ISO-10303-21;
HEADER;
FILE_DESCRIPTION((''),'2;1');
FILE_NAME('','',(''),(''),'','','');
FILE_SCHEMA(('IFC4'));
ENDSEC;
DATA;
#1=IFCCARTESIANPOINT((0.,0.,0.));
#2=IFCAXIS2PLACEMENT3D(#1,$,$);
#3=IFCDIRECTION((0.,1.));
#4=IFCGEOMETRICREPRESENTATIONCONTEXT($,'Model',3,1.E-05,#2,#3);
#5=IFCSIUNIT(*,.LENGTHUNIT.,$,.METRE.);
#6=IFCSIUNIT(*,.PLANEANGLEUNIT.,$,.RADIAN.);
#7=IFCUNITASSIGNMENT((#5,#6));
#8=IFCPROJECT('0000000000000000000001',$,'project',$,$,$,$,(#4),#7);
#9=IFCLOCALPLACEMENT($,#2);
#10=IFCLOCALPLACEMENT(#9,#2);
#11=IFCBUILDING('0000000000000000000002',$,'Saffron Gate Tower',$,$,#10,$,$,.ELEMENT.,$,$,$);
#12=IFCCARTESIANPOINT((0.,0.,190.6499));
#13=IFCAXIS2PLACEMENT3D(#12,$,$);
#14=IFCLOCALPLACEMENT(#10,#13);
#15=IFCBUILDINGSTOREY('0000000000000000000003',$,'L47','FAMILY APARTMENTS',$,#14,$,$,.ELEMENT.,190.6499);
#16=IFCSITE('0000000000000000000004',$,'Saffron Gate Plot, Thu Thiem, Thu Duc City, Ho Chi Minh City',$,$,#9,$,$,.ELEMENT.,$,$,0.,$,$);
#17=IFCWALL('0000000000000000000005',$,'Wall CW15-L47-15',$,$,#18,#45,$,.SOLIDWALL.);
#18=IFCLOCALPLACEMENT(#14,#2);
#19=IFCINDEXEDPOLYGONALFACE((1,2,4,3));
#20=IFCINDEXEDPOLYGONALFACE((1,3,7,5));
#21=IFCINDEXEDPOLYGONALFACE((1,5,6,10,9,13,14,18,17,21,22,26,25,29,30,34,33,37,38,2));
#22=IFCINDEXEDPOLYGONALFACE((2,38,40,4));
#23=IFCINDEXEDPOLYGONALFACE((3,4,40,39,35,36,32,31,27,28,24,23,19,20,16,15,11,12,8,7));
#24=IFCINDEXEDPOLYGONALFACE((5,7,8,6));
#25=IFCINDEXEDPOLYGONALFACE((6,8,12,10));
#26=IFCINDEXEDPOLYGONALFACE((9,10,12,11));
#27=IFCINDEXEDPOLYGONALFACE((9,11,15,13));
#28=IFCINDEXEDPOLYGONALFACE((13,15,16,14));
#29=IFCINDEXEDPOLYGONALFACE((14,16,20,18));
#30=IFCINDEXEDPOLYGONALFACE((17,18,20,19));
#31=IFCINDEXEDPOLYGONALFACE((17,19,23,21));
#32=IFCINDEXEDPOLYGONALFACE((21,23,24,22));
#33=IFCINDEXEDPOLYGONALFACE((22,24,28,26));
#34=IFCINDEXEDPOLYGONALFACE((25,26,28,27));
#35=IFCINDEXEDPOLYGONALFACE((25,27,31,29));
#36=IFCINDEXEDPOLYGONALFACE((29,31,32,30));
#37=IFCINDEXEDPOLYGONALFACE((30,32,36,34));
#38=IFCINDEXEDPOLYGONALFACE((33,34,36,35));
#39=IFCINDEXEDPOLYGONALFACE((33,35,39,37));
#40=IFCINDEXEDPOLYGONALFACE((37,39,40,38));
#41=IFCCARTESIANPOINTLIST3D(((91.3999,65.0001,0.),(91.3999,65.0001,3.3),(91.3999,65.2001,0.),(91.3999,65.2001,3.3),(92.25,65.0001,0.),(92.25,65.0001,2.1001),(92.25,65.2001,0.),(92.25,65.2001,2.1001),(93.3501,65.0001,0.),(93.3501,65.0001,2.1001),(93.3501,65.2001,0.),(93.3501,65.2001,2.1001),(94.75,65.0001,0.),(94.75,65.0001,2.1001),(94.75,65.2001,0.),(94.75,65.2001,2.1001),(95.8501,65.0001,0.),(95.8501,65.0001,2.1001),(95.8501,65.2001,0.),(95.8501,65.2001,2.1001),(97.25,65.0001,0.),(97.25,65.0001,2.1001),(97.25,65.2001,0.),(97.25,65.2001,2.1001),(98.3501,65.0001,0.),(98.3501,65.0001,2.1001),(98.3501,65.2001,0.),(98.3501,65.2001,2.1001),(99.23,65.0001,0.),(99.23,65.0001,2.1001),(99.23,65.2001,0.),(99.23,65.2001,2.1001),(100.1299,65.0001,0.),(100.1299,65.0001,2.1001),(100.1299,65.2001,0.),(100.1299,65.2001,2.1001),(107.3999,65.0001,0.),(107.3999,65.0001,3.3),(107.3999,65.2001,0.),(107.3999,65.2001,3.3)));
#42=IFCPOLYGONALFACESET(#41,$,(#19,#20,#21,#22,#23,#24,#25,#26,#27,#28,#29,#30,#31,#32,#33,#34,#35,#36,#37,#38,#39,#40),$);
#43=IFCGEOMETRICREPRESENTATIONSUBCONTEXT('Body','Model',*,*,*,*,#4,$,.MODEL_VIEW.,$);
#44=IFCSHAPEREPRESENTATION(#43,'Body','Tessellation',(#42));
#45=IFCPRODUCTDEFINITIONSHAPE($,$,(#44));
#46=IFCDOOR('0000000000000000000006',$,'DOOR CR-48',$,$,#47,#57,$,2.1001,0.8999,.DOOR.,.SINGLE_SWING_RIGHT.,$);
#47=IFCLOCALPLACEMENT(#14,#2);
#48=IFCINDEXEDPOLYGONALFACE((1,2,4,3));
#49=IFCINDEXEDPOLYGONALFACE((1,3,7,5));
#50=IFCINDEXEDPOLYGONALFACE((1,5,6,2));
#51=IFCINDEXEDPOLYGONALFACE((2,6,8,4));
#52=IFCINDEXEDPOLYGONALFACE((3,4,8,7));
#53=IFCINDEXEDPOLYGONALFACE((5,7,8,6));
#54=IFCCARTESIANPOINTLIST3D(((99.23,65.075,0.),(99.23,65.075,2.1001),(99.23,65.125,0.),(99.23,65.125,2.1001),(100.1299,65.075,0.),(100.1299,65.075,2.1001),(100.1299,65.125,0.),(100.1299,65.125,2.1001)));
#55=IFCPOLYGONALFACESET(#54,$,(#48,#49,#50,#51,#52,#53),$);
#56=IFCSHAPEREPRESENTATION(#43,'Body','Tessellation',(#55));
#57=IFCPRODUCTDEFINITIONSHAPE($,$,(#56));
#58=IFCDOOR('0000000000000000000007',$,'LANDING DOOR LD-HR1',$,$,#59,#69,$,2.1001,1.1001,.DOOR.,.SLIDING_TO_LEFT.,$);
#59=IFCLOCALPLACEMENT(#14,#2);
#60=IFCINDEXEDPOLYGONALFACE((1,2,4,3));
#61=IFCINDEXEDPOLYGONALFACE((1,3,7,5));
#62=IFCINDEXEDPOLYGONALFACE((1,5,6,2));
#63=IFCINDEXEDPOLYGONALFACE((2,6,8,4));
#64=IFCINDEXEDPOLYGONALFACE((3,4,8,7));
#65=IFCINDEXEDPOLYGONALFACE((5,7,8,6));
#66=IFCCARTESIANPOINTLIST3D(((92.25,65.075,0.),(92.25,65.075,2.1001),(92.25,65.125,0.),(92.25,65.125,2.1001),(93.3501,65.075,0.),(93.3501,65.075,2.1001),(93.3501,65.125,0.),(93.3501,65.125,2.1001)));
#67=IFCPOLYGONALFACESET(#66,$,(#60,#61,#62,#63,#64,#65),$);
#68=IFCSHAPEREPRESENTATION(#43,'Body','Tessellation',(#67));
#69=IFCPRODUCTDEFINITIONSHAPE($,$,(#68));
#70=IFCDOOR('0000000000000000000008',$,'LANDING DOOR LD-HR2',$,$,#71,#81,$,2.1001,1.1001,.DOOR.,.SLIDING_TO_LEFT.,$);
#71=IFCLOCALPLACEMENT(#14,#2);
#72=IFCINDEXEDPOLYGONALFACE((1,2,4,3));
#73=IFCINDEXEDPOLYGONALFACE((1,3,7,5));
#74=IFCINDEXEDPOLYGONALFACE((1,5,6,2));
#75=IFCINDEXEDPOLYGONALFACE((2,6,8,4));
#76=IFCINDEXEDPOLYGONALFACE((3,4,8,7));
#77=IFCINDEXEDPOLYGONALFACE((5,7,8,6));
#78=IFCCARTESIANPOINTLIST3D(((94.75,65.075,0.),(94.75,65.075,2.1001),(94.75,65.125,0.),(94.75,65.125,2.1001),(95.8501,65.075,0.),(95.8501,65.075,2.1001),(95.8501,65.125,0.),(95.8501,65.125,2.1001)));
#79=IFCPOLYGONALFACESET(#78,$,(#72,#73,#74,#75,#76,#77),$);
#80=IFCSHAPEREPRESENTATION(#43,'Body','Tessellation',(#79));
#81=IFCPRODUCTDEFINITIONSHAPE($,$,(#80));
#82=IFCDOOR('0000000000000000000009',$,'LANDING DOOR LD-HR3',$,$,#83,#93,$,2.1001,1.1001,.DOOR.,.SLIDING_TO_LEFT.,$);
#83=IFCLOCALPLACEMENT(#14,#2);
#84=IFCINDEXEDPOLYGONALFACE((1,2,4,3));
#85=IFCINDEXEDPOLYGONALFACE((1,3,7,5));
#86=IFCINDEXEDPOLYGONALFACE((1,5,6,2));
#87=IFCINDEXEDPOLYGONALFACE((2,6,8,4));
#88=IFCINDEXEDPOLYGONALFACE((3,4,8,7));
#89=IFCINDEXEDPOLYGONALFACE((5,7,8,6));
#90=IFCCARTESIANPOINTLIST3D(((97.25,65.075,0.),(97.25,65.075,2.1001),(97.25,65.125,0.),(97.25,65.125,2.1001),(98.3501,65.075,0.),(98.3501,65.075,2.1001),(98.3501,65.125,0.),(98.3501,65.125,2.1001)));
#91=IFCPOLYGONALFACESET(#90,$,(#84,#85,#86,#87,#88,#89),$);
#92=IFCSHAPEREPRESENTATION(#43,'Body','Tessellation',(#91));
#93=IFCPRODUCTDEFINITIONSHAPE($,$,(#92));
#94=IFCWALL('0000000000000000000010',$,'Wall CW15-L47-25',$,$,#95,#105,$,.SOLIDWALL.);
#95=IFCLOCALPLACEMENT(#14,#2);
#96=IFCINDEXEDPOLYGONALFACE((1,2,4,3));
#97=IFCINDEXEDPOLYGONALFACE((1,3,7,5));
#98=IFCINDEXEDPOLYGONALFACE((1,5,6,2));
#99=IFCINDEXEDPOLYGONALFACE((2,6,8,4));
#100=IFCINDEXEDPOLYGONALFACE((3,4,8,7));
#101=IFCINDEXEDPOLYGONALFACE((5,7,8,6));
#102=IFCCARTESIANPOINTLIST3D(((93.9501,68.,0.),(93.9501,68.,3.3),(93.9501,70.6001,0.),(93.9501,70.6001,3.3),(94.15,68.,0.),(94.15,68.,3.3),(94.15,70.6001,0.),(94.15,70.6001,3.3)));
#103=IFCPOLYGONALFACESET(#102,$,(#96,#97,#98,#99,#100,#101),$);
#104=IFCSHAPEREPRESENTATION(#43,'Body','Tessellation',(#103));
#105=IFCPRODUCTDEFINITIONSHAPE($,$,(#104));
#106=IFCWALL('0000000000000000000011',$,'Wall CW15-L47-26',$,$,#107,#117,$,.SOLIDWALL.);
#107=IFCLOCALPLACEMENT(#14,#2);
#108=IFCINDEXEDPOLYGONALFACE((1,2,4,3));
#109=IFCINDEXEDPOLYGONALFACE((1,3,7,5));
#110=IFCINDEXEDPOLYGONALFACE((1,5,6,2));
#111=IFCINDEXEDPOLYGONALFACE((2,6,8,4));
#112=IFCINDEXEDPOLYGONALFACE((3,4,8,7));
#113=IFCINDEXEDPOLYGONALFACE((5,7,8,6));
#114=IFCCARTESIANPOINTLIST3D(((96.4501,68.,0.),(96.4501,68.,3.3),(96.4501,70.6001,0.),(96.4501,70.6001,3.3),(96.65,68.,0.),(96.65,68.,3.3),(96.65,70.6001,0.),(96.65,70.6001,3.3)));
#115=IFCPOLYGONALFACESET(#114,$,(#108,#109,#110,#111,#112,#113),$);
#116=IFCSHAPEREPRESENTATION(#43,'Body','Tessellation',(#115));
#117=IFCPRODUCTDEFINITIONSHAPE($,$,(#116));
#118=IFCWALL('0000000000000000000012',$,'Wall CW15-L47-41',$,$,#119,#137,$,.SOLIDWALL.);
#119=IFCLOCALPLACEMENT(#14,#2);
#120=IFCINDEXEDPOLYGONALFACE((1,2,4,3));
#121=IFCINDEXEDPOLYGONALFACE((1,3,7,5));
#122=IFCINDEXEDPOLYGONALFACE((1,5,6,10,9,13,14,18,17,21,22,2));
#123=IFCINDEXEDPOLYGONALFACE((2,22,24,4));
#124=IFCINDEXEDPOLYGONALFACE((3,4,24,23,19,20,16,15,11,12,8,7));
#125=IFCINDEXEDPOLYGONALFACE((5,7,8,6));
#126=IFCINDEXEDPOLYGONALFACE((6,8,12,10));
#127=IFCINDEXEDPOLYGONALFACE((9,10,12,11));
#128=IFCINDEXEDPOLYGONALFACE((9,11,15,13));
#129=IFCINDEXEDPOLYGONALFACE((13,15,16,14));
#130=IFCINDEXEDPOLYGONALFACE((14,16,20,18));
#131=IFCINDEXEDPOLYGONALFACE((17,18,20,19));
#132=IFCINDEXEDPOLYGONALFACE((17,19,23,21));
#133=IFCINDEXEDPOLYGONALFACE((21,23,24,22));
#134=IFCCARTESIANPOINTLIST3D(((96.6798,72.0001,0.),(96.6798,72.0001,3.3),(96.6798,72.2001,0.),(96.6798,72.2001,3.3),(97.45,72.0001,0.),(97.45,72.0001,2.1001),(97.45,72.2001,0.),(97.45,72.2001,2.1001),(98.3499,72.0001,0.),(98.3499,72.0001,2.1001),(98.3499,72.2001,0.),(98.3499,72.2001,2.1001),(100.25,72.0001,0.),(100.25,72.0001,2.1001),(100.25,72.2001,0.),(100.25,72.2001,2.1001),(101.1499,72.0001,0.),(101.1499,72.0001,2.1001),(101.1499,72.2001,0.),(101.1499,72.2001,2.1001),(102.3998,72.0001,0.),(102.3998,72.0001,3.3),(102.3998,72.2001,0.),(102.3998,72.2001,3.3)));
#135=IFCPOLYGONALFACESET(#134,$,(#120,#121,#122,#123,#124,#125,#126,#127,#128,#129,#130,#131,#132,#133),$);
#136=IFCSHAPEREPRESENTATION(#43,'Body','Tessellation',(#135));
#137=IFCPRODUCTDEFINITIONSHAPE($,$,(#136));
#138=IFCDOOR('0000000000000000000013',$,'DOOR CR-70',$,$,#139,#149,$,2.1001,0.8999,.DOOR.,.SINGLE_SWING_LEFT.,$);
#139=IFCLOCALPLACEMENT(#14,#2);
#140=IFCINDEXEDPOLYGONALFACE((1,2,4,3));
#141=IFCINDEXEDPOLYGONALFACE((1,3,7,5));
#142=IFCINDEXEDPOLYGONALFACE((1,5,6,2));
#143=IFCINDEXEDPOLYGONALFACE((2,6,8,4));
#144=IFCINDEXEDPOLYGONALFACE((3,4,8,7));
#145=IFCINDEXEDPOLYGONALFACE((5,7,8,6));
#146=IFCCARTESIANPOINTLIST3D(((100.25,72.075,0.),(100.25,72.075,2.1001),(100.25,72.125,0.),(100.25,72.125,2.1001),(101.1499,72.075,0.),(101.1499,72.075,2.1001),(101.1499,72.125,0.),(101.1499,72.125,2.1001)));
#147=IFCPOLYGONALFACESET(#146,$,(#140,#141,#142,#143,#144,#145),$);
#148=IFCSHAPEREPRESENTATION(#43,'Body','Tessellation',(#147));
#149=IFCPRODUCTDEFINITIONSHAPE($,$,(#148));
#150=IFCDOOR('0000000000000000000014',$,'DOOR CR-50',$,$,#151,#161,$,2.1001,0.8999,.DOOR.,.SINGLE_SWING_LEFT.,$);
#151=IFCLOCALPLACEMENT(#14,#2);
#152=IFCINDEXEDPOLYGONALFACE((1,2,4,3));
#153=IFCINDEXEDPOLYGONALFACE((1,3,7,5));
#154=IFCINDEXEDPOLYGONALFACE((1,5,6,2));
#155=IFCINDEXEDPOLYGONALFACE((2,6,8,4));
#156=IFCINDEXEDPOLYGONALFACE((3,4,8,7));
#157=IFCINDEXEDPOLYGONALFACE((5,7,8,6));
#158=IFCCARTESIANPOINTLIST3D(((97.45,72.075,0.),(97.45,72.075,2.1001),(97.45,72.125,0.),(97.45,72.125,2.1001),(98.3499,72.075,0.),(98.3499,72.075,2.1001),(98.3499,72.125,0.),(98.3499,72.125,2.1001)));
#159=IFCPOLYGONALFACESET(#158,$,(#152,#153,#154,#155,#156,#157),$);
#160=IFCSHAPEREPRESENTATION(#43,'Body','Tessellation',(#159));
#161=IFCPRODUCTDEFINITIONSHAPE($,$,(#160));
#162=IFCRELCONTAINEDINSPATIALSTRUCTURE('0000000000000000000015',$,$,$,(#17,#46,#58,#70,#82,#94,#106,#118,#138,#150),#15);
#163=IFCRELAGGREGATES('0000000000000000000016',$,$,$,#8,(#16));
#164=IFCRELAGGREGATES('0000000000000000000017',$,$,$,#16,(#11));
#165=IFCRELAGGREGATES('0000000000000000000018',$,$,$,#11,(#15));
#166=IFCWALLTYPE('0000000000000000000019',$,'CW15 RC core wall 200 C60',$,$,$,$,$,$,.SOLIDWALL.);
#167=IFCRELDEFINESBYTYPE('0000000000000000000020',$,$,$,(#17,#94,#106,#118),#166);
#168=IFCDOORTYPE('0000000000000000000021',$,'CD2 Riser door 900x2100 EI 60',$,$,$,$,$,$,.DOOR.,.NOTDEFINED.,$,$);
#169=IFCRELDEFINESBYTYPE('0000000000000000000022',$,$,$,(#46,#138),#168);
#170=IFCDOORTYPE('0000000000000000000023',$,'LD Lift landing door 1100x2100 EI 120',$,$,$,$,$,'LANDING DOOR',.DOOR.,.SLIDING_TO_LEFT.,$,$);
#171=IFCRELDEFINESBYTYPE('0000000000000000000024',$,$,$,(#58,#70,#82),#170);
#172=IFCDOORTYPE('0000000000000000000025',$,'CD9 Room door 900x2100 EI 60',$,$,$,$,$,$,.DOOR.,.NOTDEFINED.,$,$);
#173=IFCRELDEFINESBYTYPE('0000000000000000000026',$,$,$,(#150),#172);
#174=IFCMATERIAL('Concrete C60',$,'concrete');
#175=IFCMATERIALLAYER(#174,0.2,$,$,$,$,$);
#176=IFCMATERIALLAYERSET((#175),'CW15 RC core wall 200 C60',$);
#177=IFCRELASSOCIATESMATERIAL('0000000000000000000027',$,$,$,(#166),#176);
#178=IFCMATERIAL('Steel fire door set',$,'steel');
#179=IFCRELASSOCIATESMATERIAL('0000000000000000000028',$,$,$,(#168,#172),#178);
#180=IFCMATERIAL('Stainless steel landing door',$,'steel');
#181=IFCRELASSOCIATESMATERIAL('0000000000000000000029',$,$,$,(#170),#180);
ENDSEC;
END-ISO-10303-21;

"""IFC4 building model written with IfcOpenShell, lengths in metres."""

from ifc_helpers import new_model, si_unit, direction, frame, frame_2d, origin, place, context, subcontext, project, spatial, rectangle, extrude, material, layer, layer_set, type_object, element, fill, save


model = new_model("IFC4")

# Units and contexts
model_context = context("Model", 3, precision=1e-05, world=origin(), true_north=direction((0.0, 1.0)))
body_context = subcontext(model_context, "Body", "Model", "MODEL_VIEW")
ifc_project = project(units=[si_unit("LENGTHUNIT", "METRE"), si_unit("PLANEANGLEUNIT", "RADIAN")], contexts=[model_context])

# Site, building, storey
site_placement = place(None, origin())
site = spatial("IfcSite", under=ifc_project, at=site_placement, Name="Saffron Gate Plot, Thu Thiem, Thu Duc City, Ho Chi Minh City", CompositionType="ELEMENT", RefElevation=0.0)
building_placement = place(site_placement, origin())
building = spatial("IfcBuilding", under=site, at=building_placement, Name="Saffron Gate Tower", CompositionType="ELEMENT")
storey_placement = place(building_placement, frame((0.0, 0.0, 190.6499)))
storey = spatial("IfcBuildingStorey", under=building, at=storey_placement, Name="L47", Description="FAMILY APARTMENTS", CompositionType="ELEMENT", Elevation=190.6499)

# Shared definitions
ifc_material_1 = material(Name="Concrete C60", Category="concrete")

# Shared definitions
ifc_material_2 = material(Name="Steel fire door set", Category="steel")

# Shared definitions
ifc_layer_1 = layer(ifc_material_1, 0.2)
ifc_layer_set_1 = layer_set([ifc_layer_1], Name="CW15 RC core wall 200 C60")
wall_type_1 = type_object("IfcWallType", Name="CW15 RC core wall 200 C60", PredefinedType="SOLIDWALL", material=ifc_layer_set_1)

# Wall, openings, doors
wall_1_placement = place(storey_placement, frame((91.3999, 65.1001, 0.0), z_axis=(0.0, 0.0, 1.0), x_axis=(1.0, 0.0, 0.0)))
wall_1 = element("IfcWall", 1, at=wall_1_placement, inside=storey, type_object=wall_type_1, Name="Wall CW15-L47-15", PredefinedType="SOLIDWALL", context=body_context, shape_type="SweptSolid", body=[
    extrude(rectangle(XDim=16.0, YDim=0.2, at=frame_2d((8.0, 0.0))), origin(), (0.0, 0.0, 1.0), 3.3),
])
opening_1_placement = place(wall_1_placement, frame((0.8501, 0.0, 0.0)))
opening_1 = element("IfcOpeningElement", 2, at=opening_1_placement, cuts=wall_1, PredefinedType="OPENING", context=body_context, shape_type="SweptSolid", body=[
    extrude(rectangle(XDim=1.1001, YDim=2.1001, at=frame_2d((0.55, 1.05))), frame((0.0, 0.1099, 0.0), z_axis=(0.0, -1.0, 0.0), x_axis=(1.0, 0.0, 0.0)), (0.0, 0.0, 1.0), 0.22),
])
opening_2_placement = place(wall_1_placement, frame((3.3501, 0.0, 0.0)))
opening_2 = element("IfcOpeningElement", 3, at=opening_2_placement, cuts=wall_1, PredefinedType="OPENING", context=body_context, shape_type="SweptSolid", body=[
    extrude(rectangle(XDim=1.1001, YDim=2.1001, at=frame_2d((0.55, 1.05))), frame((0.0, 0.1099, 0.0), z_axis=(0.0, -1.0, 0.0), x_axis=(1.0, 0.0, 0.0)), (0.0, 0.0, 1.0), 0.22),
])
opening_3_placement = place(wall_1_placement, frame((5.8501, 0.0, 0.0)))
opening_3 = element("IfcOpeningElement", 4, at=opening_3_placement, cuts=wall_1, PredefinedType="OPENING", context=body_context, shape_type="SweptSolid", body=[
    extrude(rectangle(XDim=1.1001, YDim=2.1001, at=frame_2d((0.55, 1.05))), frame((0.0, 0.1099, 0.0), z_axis=(0.0, -1.0, 0.0), x_axis=(1.0, 0.0, 0.0)), (0.0, 0.0, 1.0), 0.22),
])
opening_4_placement = place(wall_1_placement, frame((7.8301, 0.0, 0.0)))
opening_4 = element("IfcOpeningElement", 5, at=opening_4_placement, cuts=wall_1, PredefinedType="OPENING", context=body_context, shape_type="SweptSolid", body=[
    extrude(rectangle(XDim=0.8999, YDim=2.1001, at=frame_2d((0.45, 1.05))), frame((0.0, 0.1099, 0.0), z_axis=(0.0, -1.0, 0.0), x_axis=(1.0, 0.0, 0.0)), (0.0, 0.0, 1.0), 0.22),
])
door_type_1 = type_object("IfcDoorType", Name="CD2 Riser door 900x2100 EI 60", OperationType="NOTDEFINED", PredefinedType="DOOR", material=ifc_material_2)
door_1_placement = place(opening_4_placement, origin())
door_1 = element("IfcDoor", 6, at=door_1_placement, inside=storey, type_object=door_type_1, Name="DOOR CR-48", OperationType="SINGLE_SWING_RIGHT", OverallHeight=2.1001, OverallWidth=0.8999, PredefinedType="DOOR", context=body_context, shape_type="SweptSolid", body=[
    extrude(rectangle(XDim=0.8999, YDim=2.1001, at=frame_2d((0.45, 1.05))), frame((0.0, 0.0249, 0.0), z_axis=(0.0, -1.0, 0.0), x_axis=(1.0, 0.0, 0.0)), (0.0, 0.0, 1.0), 0.05),
])
fill(opening_4, door_1)
ifc_material_3 = material(Name="Stainless steel landing door", Category="steel")
door_type_2 = type_object("IfcDoorType", Name="LD Lift landing door 1100x2100 EI 120", ElementType="LANDING DOOR", OperationType="SLIDING_TO_LEFT", PredefinedType="DOOR", material=ifc_material_3)
door_2_placement = place(opening_1_placement, origin())
door_2 = element("IfcDoor", 7, at=door_2_placement, inside=storey, type_object=door_type_2, Name="LANDING DOOR LD-HR1", OperationType="SLIDING_TO_LEFT", OverallHeight=2.1001, OverallWidth=1.1001, PredefinedType="DOOR", context=body_context, shape_type="SweptSolid", body=[
    extrude(rectangle(XDim=1.1001, YDim=2.1001, at=frame_2d((0.55, 1.05))), frame((0.0, 0.0249, 0.0), z_axis=(0.0, -1.0, 0.0), x_axis=(1.0, 0.0, 0.0)), (0.0, 0.0, 1.0), 0.05),
])
fill(opening_1, door_2)
door_3_placement = place(opening_2_placement, origin())
door_3 = element("IfcDoor", 8, at=door_3_placement, inside=storey, type_object=door_type_2, Name="LANDING DOOR LD-HR2", OperationType="SLIDING_TO_LEFT", OverallHeight=2.1001, OverallWidth=1.1001, PredefinedType="DOOR", context=body_context, shape_type="SweptSolid", body=[
    extrude(rectangle(XDim=1.1001, YDim=2.1001, at=frame_2d((0.55, 1.05))), frame((0.0, 0.0249, 0.0), z_axis=(0.0, -1.0, 0.0), x_axis=(1.0, 0.0, 0.0)), (0.0, 0.0, 1.0), 0.05),
])
fill(opening_2, door_3)
door_4_placement = place(opening_3_placement, origin())
door_4 = element("IfcDoor", 9, at=door_4_placement, inside=storey, type_object=door_type_2, Name="LANDING DOOR LD-HR3", OperationType="SLIDING_TO_LEFT", OverallHeight=2.1001, OverallWidth=1.1001, PredefinedType="DOOR", context=body_context, shape_type="SweptSolid", body=[
    extrude(rectangle(XDim=1.1001, YDim=2.1001, at=frame_2d((0.55, 1.05))), frame((0.0, 0.0249, 0.0), z_axis=(0.0, -1.0, 0.0), x_axis=(1.0, 0.0, 0.0)), (0.0, 0.0, 1.0), 0.05),
])
fill(opening_3, door_4)

# Walls
for number, where, z_axis, x_axis, name in (
    (10, (94.05, 68.0, 0.0), (0.0, 0.0, 1.0), (0.0, 1.0, 0.0), "Wall CW15-L47-25"),
    (11, (96.55, 68.0, 0.0), (0.0, 0.0, 1.0), (0.0, 1.0, 0.0), "Wall CW15-L47-26"),
):
    element("IfcWall", number, at=place(storey_placement, frame(where, z_axis=z_axis, x_axis=x_axis)), inside=storey, type_object=wall_type_1, Name=name, PredefinedType="SOLIDWALL", context=body_context, shape_type="SweptSolid", body=[
        extrude(rectangle(XDim=2.6001, YDim=0.2, at=frame_2d((1.3, 0.0))), origin(), (0.0, 0.0, 1.0), 3.3),
    ])

# Wall, openings, doors
wall_2_placement = place(storey_placement, frame((96.6799, 72.1001, 0.0), z_axis=(0.0, 0.0, 1.0), x_axis=(1.0, 0.0, 0.0)))
wall_2 = element("IfcWall", 12, at=wall_2_placement, inside=storey, type_object=wall_type_1, Name="Wall CW15-L47-41", PredefinedType="SOLIDWALL", context=body_context, shape_type="SweptSolid", body=[
    extrude(rectangle(XDim=5.72, YDim=0.2, at=frame_2d((2.8599, 0.0))), origin(), (0.0, 0.0, 1.0), 3.3),
])
opening_5_placement = place(wall_2_placement, frame((0.77, 0.0, 0.0)))
opening_5 = element("IfcOpeningElement", 13, at=opening_5_placement, cuts=wall_2, PredefinedType="OPENING", context=body_context, shape_type="SweptSolid", body=[
    extrude(rectangle(XDim=0.8999, YDim=2.1001, at=frame_2d((0.45, 1.05))), frame((0.0, 0.1099, 0.0), z_axis=(0.0, -1.0, 0.0), x_axis=(1.0, 0.0, 0.0)), (0.0, 0.0, 1.0), 0.22),
])
opening_6_placement = place(wall_2_placement, frame((3.5701, 0.0, 0.0)))
opening_6 = element("IfcOpeningElement", 14, at=opening_6_placement, cuts=wall_2, PredefinedType="OPENING", context=body_context, shape_type="SweptSolid", body=[
    extrude(rectangle(XDim=0.8999, YDim=2.1001, at=frame_2d((0.45, 1.05))), frame((0.0, 0.1099, 0.0), z_axis=(0.0, -1.0, 0.0), x_axis=(1.0, 0.0, 0.0)), (0.0, 0.0, 1.0), 0.22),
])
door_5_placement = place(opening_6_placement, origin())
door_5 = element("IfcDoor", 15, at=door_5_placement, inside=storey, type_object=door_type_1, Name="DOOR CR-70", OperationType="SINGLE_SWING_LEFT", OverallHeight=2.1001, OverallWidth=0.8999, PredefinedType="DOOR", context=body_context, shape_type="SweptSolid", body=[
    extrude(rectangle(XDim=0.8999, YDim=2.1001, at=frame_2d((0.45, 1.05))), frame((0.0, 0.0249, 0.0), z_axis=(0.0, -1.0, 0.0), x_axis=(1.0, 0.0, 0.0)), (0.0, 0.0, 1.0), 0.05),
])
fill(opening_6, door_5)
door_type_3 = type_object("IfcDoorType", Name="CD9 Room door 900x2100 EI 60", OperationType="NOTDEFINED", PredefinedType="DOOR", material=ifc_material_2)
door_6_placement = place(opening_5_placement, origin())
door_6 = element("IfcDoor", 16, at=door_6_placement, inside=storey, type_object=door_type_3, Name="DOOR CR-50", OperationType="SINGLE_SWING_LEFT", OverallHeight=2.1001, OverallWidth=0.8999, PredefinedType="DOOR", context=body_context, shape_type="SweptSolid", body=[
    extrude(rectangle(XDim=0.8999, YDim=2.1001, at=frame_2d((0.45, 1.05))), frame((0.0, 0.0249, 0.0), z_axis=(0.0, -1.0, 0.0), x_axis=(1.0, 0.0, 0.0)), (0.0, 0.0, 1.0), 0.05),
])
fill(opening_5, door_6)

save(model, "model.ifc")
